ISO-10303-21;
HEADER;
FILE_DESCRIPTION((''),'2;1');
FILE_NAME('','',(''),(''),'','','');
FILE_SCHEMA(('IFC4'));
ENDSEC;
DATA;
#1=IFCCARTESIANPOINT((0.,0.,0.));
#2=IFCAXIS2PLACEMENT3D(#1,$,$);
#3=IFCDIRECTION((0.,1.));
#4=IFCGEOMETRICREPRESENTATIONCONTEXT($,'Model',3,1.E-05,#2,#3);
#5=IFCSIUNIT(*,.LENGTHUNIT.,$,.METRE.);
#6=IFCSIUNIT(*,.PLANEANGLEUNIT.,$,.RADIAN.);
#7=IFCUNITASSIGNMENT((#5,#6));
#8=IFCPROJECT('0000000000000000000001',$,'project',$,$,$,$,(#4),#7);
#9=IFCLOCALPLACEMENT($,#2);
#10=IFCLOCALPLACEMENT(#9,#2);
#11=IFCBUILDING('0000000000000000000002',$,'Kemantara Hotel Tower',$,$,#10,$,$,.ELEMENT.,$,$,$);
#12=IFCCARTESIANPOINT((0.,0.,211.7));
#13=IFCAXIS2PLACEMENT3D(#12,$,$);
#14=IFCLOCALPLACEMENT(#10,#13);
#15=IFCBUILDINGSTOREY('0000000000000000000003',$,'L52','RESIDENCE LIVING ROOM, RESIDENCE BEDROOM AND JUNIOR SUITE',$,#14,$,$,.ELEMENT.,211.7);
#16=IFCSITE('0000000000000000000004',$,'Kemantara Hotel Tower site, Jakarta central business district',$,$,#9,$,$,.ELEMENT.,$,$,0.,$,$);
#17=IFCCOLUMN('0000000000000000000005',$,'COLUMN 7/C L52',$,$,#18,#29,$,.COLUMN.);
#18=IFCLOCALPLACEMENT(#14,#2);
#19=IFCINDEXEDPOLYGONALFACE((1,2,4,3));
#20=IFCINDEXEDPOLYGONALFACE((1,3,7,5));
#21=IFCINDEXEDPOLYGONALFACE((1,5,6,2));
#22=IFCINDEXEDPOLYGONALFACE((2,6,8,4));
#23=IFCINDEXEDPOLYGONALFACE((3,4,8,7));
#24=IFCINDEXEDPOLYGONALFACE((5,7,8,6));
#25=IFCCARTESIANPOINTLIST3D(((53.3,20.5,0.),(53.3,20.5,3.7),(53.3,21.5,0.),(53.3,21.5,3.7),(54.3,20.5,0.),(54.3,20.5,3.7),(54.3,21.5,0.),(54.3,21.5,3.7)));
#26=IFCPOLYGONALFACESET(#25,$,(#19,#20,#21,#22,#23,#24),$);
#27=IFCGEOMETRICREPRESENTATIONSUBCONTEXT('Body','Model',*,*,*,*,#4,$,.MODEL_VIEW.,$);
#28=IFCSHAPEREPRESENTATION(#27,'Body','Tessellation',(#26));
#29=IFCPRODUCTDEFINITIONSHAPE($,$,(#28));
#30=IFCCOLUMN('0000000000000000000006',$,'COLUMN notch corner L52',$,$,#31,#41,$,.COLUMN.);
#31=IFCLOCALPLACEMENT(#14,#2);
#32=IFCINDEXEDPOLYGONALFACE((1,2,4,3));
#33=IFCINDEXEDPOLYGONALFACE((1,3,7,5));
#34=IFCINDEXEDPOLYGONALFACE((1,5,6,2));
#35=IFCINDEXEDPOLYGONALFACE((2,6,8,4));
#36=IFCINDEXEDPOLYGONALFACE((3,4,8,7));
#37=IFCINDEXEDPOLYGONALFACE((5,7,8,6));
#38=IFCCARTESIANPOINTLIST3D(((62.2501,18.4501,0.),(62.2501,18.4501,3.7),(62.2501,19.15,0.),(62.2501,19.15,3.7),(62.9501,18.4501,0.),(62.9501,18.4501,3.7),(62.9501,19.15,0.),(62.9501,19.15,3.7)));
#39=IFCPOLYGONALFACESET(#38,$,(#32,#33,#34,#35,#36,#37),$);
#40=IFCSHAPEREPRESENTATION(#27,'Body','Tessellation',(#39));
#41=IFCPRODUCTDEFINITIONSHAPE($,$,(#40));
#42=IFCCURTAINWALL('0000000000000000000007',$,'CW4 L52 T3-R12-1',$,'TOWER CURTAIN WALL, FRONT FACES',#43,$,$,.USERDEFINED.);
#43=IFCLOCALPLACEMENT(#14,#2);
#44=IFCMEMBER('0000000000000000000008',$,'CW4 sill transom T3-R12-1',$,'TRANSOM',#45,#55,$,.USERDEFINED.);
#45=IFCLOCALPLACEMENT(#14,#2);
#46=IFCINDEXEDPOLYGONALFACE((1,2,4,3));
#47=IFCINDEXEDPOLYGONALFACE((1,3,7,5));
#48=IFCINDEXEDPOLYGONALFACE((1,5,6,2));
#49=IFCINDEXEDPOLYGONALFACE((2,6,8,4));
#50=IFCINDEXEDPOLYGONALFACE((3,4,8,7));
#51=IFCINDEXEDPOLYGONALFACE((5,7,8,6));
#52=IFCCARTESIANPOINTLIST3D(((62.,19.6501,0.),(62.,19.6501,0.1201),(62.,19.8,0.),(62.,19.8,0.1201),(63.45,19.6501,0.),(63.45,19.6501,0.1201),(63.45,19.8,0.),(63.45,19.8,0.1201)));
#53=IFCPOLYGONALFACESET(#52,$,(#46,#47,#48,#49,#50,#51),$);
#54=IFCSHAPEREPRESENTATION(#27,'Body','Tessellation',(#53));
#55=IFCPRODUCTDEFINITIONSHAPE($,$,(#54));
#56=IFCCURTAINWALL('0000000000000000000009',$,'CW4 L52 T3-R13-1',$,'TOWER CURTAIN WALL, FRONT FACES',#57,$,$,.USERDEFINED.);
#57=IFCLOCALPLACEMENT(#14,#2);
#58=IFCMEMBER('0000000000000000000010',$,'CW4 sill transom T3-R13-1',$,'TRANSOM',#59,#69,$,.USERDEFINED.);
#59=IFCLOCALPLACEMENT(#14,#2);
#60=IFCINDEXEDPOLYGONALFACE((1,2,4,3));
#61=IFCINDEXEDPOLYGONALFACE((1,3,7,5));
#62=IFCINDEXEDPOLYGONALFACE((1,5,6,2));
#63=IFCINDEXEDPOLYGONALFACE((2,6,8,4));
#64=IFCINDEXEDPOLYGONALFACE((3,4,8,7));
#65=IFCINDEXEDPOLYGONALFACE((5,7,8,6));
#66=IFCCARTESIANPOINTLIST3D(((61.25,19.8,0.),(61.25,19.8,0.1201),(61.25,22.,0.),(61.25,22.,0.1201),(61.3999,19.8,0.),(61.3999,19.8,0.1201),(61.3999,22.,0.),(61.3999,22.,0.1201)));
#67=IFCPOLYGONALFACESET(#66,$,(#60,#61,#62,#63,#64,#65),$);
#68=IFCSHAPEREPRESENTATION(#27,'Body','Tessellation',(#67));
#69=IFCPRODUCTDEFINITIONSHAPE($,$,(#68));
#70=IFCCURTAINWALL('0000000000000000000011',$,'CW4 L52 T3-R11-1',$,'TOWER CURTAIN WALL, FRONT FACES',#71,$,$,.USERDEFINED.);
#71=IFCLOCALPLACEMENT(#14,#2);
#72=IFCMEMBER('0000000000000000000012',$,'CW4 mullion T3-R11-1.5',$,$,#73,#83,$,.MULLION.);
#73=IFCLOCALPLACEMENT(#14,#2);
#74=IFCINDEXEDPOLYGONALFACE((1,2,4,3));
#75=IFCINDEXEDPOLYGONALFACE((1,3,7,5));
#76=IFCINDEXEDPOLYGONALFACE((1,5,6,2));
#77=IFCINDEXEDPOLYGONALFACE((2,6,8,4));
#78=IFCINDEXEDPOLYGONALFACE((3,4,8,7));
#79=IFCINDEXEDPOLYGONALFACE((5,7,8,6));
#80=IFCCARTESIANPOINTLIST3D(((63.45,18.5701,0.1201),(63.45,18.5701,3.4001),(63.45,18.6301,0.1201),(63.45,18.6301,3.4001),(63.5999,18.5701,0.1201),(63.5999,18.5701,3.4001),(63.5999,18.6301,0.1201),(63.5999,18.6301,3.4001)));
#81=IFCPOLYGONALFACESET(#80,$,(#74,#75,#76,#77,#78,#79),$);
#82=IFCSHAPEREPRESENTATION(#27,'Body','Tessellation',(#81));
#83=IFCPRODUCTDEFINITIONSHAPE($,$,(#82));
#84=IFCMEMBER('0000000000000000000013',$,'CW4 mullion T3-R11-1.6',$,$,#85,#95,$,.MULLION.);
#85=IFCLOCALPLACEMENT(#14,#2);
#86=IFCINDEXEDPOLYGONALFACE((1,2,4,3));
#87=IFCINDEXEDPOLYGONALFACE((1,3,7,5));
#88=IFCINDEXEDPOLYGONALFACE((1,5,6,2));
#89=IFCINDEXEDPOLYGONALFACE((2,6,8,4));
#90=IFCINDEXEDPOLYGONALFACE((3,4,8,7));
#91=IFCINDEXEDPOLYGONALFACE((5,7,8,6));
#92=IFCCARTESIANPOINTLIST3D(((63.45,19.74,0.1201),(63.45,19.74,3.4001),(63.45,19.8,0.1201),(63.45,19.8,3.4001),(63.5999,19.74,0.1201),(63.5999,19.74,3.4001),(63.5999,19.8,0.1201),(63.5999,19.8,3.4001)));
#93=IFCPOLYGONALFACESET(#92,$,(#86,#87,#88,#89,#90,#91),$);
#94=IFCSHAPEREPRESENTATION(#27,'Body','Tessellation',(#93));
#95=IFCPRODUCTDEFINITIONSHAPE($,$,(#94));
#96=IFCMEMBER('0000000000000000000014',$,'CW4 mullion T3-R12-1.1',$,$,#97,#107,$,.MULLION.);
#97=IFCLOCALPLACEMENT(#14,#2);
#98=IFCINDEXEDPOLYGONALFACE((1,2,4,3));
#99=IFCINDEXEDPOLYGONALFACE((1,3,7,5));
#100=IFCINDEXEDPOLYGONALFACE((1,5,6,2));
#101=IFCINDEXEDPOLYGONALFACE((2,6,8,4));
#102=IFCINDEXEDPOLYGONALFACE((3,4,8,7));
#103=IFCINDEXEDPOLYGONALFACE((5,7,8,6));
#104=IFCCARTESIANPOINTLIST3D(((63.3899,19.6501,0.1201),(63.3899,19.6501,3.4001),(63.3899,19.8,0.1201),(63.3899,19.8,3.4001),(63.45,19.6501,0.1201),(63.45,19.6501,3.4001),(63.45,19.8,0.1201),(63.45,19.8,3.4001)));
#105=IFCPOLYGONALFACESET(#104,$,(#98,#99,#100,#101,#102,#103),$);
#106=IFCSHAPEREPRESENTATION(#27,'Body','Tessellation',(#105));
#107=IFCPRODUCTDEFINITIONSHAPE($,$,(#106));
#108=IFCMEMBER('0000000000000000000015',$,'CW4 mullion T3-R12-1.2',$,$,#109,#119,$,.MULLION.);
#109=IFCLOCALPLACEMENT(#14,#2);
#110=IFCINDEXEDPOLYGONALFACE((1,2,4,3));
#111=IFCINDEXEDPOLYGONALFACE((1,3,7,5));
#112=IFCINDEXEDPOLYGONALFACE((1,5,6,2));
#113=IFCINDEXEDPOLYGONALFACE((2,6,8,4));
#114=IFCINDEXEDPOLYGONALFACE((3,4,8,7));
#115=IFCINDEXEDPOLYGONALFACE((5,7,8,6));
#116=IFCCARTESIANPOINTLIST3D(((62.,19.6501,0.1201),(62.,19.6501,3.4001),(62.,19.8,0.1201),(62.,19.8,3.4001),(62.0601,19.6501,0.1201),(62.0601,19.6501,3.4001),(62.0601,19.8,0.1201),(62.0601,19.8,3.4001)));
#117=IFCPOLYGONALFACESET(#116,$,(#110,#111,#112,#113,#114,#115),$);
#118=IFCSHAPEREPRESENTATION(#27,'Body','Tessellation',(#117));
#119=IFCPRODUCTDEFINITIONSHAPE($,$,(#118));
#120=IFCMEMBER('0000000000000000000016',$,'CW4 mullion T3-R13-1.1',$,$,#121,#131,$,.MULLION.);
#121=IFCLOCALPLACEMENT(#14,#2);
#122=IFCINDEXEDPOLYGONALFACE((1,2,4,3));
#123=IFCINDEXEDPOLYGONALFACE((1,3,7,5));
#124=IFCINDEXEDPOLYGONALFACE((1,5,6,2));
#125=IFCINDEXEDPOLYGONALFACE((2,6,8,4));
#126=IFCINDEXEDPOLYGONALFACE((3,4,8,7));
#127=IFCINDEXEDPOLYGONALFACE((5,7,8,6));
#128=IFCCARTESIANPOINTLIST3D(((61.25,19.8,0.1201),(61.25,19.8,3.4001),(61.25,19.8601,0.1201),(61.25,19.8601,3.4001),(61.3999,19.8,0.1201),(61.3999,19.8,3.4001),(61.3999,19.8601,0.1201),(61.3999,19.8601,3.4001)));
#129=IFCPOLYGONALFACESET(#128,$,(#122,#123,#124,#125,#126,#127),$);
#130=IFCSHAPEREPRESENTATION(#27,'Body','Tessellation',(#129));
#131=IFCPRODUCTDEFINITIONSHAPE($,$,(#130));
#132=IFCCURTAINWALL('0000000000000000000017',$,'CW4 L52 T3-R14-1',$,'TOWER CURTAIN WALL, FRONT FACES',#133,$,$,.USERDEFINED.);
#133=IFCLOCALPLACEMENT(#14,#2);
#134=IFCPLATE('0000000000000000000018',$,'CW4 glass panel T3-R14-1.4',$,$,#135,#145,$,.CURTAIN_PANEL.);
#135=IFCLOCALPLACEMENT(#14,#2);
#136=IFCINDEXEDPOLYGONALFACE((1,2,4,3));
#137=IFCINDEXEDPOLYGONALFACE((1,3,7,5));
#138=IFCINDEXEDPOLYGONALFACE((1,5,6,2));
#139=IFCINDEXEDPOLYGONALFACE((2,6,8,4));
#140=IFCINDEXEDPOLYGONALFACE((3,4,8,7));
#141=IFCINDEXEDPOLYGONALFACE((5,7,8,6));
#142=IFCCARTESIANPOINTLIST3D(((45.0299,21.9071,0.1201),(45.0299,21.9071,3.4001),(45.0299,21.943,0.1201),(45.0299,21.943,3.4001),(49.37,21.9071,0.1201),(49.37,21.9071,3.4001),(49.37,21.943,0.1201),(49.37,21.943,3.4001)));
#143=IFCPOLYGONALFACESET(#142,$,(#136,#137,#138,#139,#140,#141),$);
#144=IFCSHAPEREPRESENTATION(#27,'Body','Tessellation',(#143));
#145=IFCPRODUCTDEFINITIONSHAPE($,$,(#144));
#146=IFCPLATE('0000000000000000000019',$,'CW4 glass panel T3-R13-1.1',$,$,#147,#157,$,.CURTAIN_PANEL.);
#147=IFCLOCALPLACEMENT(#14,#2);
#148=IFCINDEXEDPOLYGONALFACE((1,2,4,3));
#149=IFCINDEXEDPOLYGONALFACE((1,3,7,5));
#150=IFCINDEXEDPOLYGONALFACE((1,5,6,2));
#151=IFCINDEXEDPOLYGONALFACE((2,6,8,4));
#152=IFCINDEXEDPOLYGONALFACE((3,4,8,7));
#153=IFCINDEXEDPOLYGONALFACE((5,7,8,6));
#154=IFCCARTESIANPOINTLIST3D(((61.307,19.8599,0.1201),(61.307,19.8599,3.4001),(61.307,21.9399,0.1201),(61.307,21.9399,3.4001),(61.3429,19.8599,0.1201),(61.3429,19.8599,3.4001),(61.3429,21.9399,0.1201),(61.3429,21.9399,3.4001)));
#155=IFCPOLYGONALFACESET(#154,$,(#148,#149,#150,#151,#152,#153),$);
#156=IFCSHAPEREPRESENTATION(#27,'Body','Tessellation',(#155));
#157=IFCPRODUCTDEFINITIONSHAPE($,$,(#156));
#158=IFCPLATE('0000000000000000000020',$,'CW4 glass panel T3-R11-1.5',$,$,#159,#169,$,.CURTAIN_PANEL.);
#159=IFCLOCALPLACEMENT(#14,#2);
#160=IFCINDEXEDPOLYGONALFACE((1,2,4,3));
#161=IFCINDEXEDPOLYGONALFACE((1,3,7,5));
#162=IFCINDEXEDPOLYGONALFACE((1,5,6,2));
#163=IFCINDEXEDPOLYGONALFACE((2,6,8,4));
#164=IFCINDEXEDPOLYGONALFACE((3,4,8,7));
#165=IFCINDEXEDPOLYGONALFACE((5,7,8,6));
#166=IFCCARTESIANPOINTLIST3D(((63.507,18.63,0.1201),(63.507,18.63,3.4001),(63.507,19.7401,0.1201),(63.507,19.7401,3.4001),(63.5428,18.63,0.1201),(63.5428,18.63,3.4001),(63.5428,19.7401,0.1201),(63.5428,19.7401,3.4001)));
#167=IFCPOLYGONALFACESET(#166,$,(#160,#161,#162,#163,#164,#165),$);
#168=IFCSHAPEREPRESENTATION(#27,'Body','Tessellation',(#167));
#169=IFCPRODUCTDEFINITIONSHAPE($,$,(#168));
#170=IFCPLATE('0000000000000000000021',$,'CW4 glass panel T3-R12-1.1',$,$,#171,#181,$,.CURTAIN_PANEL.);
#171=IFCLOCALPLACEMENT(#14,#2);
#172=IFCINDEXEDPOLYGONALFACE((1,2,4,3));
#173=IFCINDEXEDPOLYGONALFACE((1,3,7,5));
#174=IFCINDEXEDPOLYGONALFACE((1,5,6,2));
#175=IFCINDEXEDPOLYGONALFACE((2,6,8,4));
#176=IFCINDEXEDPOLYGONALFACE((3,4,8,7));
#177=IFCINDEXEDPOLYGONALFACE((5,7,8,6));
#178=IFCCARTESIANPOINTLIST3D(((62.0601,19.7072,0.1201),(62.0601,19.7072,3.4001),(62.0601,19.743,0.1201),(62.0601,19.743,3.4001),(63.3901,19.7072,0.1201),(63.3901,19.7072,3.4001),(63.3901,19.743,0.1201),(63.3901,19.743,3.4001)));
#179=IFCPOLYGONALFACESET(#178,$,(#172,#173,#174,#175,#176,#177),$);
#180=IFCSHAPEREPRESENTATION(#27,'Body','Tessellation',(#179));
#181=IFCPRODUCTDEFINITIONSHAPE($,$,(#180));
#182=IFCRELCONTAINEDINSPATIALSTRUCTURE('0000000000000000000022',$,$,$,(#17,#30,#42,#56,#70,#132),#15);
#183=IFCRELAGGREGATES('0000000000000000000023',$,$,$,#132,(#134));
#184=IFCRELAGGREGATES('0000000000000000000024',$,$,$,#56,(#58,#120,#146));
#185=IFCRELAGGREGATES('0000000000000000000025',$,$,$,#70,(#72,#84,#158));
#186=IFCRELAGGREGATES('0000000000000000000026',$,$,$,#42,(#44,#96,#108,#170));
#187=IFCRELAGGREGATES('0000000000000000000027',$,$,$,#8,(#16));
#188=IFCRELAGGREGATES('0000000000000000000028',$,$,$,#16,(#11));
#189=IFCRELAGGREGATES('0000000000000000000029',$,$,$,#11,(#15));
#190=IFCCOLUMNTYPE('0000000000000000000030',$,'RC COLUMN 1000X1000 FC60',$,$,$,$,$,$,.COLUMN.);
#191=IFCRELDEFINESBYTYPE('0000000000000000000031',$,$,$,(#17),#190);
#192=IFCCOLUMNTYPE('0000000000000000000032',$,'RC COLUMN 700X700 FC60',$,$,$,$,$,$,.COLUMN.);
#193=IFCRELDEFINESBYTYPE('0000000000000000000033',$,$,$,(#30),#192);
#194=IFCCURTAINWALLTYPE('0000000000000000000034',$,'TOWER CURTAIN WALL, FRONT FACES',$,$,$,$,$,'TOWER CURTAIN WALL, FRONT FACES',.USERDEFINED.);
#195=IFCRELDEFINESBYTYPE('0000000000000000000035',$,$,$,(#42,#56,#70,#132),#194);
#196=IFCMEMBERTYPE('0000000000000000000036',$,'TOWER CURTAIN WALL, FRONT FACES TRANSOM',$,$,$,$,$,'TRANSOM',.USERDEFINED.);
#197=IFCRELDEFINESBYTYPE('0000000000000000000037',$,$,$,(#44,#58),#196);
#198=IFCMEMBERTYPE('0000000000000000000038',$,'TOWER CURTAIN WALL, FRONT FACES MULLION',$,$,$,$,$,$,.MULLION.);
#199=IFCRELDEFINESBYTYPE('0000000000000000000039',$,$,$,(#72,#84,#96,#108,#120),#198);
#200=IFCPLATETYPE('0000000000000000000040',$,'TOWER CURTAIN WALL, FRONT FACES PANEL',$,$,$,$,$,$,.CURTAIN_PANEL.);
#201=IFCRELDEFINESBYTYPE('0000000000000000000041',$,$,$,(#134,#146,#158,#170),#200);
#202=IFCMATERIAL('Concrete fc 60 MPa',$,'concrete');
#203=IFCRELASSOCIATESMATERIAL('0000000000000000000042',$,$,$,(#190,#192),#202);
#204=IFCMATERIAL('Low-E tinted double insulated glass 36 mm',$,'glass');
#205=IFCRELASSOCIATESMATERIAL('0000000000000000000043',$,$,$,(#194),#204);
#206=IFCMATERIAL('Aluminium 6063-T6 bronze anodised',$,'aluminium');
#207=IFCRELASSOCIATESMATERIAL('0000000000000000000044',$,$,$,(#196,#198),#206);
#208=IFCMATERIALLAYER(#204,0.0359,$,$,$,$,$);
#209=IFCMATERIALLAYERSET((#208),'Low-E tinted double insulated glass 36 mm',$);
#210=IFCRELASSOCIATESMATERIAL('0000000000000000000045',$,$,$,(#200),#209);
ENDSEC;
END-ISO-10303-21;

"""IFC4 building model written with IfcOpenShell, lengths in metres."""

from ifc_helpers import new_model, si_unit, direction, frame, origin, origin_2d, place, context, subcontext, project, spatial, rectangle, extrude, source, transform, mapped, material, layer, layer_set, material_profile, profile_set, type_object, element, aggregate, save


model = new_model("IFC4")

# Units and contexts
model_context = context("Model", 3, precision=1e-05, world=origin(), true_north=direction((0.0, 1.0)))
body_context = subcontext(model_context, "Body", "Model", "MODEL_VIEW")
ifc_project = project(units=[si_unit("LENGTHUNIT", "METRE"), si_unit("PLANEANGLEUNIT", "RADIAN")], contexts=[model_context])

# Site, building, storey
site_placement = place(None, origin())
site = spatial("IfcSite", under=ifc_project, at=site_placement, Name="Kemantara Hotel Tower site, Jakarta central business district", CompositionType="ELEMENT", RefElevation=0.0)
building_placement = place(site_placement, origin())
building = spatial("IfcBuilding", under=site, at=building_placement, Name="Kemantara Hotel Tower", CompositionType="ELEMENT")
storey_placement = place(building_placement, frame((0.0, 0.0, 211.7)))
storey = spatial("IfcBuildingStorey", under=building, at=storey_placement, Name="L52", Description="RESIDENCE LIVING ROOM, RESIDENCE BEDROOM AND JUNIOR SUITE", CompositionType="ELEMENT", Elevation=211.7)

# Columns
ifc_material_1 = material(Name="Concrete fc 60 MPa", Category="concrete")
ifc_material_profile_1 = material_profile(ifc_material_1, rectangle(XDim=1.0, YDim=1.0, at=origin_2d()), Name="RC 1000X1000")
ifc_profile_set_1 = profile_set([ifc_material_profile_1], Name="Concrete fc 60 MPa")
column_type_1 = type_object("IfcColumnType", Name="RC COLUMN 1000X1000 FC60", PredefinedType="COLUMN", material=ifc_profile_set_1)
column_1_placement = place(storey_placement, frame((53.8, 21.0, 0.0), z_axis=(0.0, 0.0, 1.0), x_axis=(1.0, 0.0, 0.0)))
element("IfcColumn", 1, at=column_1_placement, inside=storey, type_object=column_type_1, Name="COLUMN 7/C L52", PredefinedType="COLUMN", context=body_context, shape_type="SweptSolid", body=[
    extrude(rectangle(XDim=1.0, YDim=1.0, at=origin_2d()), origin(), (0.0, 0.0, 1.0), 3.7),
])
ifc_material_profile_2 = material_profile(ifc_material_1, rectangle(XDim=0.7, YDim=0.7, at=origin_2d()), Name="RC 700X700")
ifc_profile_set_2 = profile_set([ifc_material_profile_2], Name="Concrete fc 60 MPa")
column_type_2 = type_object("IfcColumnType", Name="RC COLUMN 700X700 FC60", PredefinedType="COLUMN", material=ifc_profile_set_2)
column_2_placement = place(storey_placement, frame((62.6001, 18.8, 0.0), z_axis=(0.0, 0.0, 1.0), x_axis=(1.0, 0.0, 0.0)))
element("IfcColumn", 2, at=column_2_placement, inside=storey, type_object=column_type_2, Name="COLUMN notch corner L52", PredefinedType="COLUMN", context=body_context, shape_type="SweptSolid", body=[
    extrude(rectangle(XDim=0.7, YDim=0.7, at=origin_2d()), origin(), (0.0, 0.0, 1.0), 3.7),
])

# Curtain walls, members
ifc_material_2 = material(Name="Low-E tinted double insulated glass 36 mm", Category="glass")
curtain_wall_type = type_object("IfcCurtainWallType", Name="TOWER CURTAIN WALL, FRONT FACES", ElementType="TOWER CURTAIN WALL, FRONT FACES", PredefinedType="USERDEFINED", material=ifc_material_2)
curtain_wall_1_placement = place(storey_placement, origin())
curtain_wall_1 = element("IfcCurtainWall", 3, at=curtain_wall_1_placement, inside=storey, type_object=curtain_wall_type, Name="CW4 L52 T3-R12-1", ObjectType="TOWER CURTAIN WALL, FRONT FACES", PredefinedType="USERDEFINED")
ifc_material_3 = material(Name="Aluminium 6063-T6 bronze anodised", Category="aluminium")
ifc_material_profile_3 = material_profile(ifc_material_3, rectangle(XDim=0.1499, YDim=0.1201, at=origin_2d()), Name="TOWER CURTAIN WALL, FRONT FACES TRANSOM")
ifc_profile_set_3 = profile_set([ifc_material_profile_3], Name="Aluminium 6063-T6 bronze anodised")
member_type_1 = type_object("IfcMemberType", Name="TOWER CURTAIN WALL, FRONT FACES TRANSOM", ElementType="TRANSOM", PredefinedType="USERDEFINED", material=ifc_profile_set_3)
member_1_placement = place(storey_placement, frame((63.45, 19.7251, 0.0601), z_axis=(-1.0, 0.0, 0.0), x_axis=(0.0, -1.0, 0.0)))
member_1 = element("IfcMember", 4, at=member_1_placement, type_object=member_type_1, Name="CW4 sill transom T3-R12-1", ObjectType="TRANSOM", PredefinedType="USERDEFINED", context=body_context, shape_type="SweptSolid", body=[
    extrude(rectangle(XDim=0.1499, YDim=0.1201, at=origin_2d()), origin(), (0.0, 0.0, 1.0), 1.45),
])
curtain_wall_2_placement = place(storey_placement, origin())
curtain_wall_2 = element("IfcCurtainWall", 5, at=curtain_wall_2_placement, inside=storey, type_object=curtain_wall_type, Name="CW4 L52 T3-R13-1", ObjectType="TOWER CURTAIN WALL, FRONT FACES", PredefinedType="USERDEFINED")
member_2_placement = place(storey_placement, frame((61.325, 19.8, 0.0601), z_axis=(0.0, 1.0, 0.0), x_axis=(-1.0, 0.0, 0.0)))
member_2 = element("IfcMember", 6, at=member_2_placement, type_object=member_type_1, Name="CW4 sill transom T3-R13-1", ObjectType="TRANSOM", PredefinedType="USERDEFINED", context=body_context, shape_type="SweptSolid", body=[
    extrude(rectangle(XDim=0.1499, YDim=0.1201, at=origin_2d()), origin(), (0.0, 0.0, 1.0), 2.2),
])

# Curtain wall, members
curtain_wall_3_placement = place(storey_placement, origin())
curtain_wall_3 = element("IfcCurtainWall", 7, at=curtain_wall_3_placement, inside=storey, type_object=curtain_wall_type, Name="CW4 L52 T3-R11-1", ObjectType="TOWER CURTAIN WALL, FRONT FACES", PredefinedType="USERDEFINED")
ifc_material_profile_4 = material_profile(ifc_material_3, rectangle(XDim=0.1499, YDim=0.0601, at=origin_2d()), Name="TOWER CURTAIN WALL, FRONT FACES MULLION")
ifc_profile_set_4 = profile_set([ifc_material_profile_4], Name="Aluminium 6063-T6 bronze anodised")
member_type_2 = type_object("IfcMemberType", Name="TOWER CURTAIN WALL, FRONT FACES MULLION", PredefinedType="MULLION", material=ifc_profile_set_4)
shared_shape_1 = source(origin(), body_context, "Body", "SweptSolid", [
    extrude(rectangle(XDim=0.1499, YDim=0.0601, at=origin_2d()), origin(), (0.0, 0.0, 1.0), 3.28),
])
member_3_placement = place(storey_placement, frame((63.5249, 18.6001, 0.1201), z_axis=(0.0, 0.0, 1.0), x_axis=(-1.0, 0.0, 0.0)))
member_3 = element("IfcMember", 8, at=member_3_placement, type_object=member_type_2, Name="CW4 mullion T3-R11-1.5", PredefinedType="MULLION", context=body_context, shape_type="MappedRepresentation", body=[
    mapped(shared_shape_1, transform((0.0, 0.0, 0.0))),
])
member_4_placement = place(storey_placement, frame((63.5249, 19.77, 0.1201), z_axis=(0.0, 0.0, 1.0), x_axis=(-1.0, 0.0, 0.0)))
member_4 = element("IfcMember", 9, at=member_4_placement, type_object=member_type_2, Name="CW4 mullion T3-R11-1.6", PredefinedType="MULLION", context=body_context, shape_type="MappedRepresentation", body=[
    mapped(shared_shape_1, transform((0.0, 0.0, 0.0))),
])

# Members
member_5_placement = place(storey_placement, frame((63.4199, 19.7251, 0.1201), z_axis=(0.0, 0.0, 1.0), x_axis=(0.0, -1.0, 0.0)))
member_5 = element("IfcMember", 10, at=member_5_placement, type_object=member_type_2, Name="CW4 mullion T3-R12-1.1", PredefinedType="MULLION", context=body_context, shape_type="MappedRepresentation", body=[
    mapped(shared_shape_1, transform((0.0, 0.0, 0.0))),
])
member_6_placement = place(storey_placement, frame((62.03, 19.7251, 0.1201), z_axis=(0.0, 0.0, 1.0), x_axis=(0.0, -1.0, 0.0)))
member_6 = element("IfcMember", 11, at=member_6_placement, type_object=member_type_2, Name="CW4 mullion T3-R12-1.2", PredefinedType="MULLION", context=body_context, shape_type="MappedRepresentation", body=[
    mapped(shared_shape_1, transform((0.0, 0.0, 0.0))),
])
member_7_placement = place(storey_placement, frame((61.325, 19.8301, 0.1201), z_axis=(0.0, 0.0, 1.0), x_axis=(-1.0, 0.0, 0.0)))
member_7 = element("IfcMember", 12, at=member_7_placement, type_object=member_type_2, Name="CW4 mullion T3-R13-1.1", PredefinedType="MULLION", context=body_context, shape_type="MappedRepresentation", body=[
    mapped(shared_shape_1, transform((0.0, 0.0, 0.0))),
])

# Curtain wall, plate
curtain_wall_4_placement = place(storey_placement, origin())
curtain_wall_4 = element("IfcCurtainWall", 13, at=curtain_wall_4_placement, inside=storey, type_object=curtain_wall_type, Name="CW4 L52 T3-R14-1", ObjectType="TOWER CURTAIN WALL, FRONT FACES", PredefinedType="USERDEFINED")
ifc_layer_1 = layer(ifc_material_2, 0.0359)
ifc_layer_set_1 = layer_set([ifc_layer_1], Name="Low-E tinted double insulated glass 36 mm")
plate_type = type_object("IfcPlateType", Name="TOWER CURTAIN WALL, FRONT FACES PANEL", PredefinedType="CURTAIN_PANEL", material=ifc_layer_set_1)
shared_shape_2 = source(origin(), body_context, "Body", "SweptSolid", [
    extrude(rectangle(XDim=4.3401, YDim=0.0359, at=origin_2d()), origin(), (0.0, 0.0, 1.0), 3.28),
])
plate_1_placement = place(storey_placement, frame((47.2, 21.925, 0.1201), z_axis=(0.0, 0.0, 1.0), x_axis=(-1.0, 0.0, 0.0)))
plate_1 = element("IfcPlate", 14, at=plate_1_placement, type_object=plate_type, Name="CW4 glass panel T3-R14-1.4", PredefinedType="CURTAIN_PANEL", context=body_context, shape_type="MappedRepresentation", body=[
    mapped(shared_shape_2, transform((0.0, 0.0, 0.0))),
])
aggregate(curtain_wall_4, [plate_1])

# Plates
shared_shape_3 = source(origin(), body_context, "Body", "SweptSolid", [
    extrude(rectangle(XDim=2.0801, YDim=0.0359, at=origin_2d()), origin(), (0.0, 0.0, 1.0), 3.28),
])
plate_2_placement = place(storey_placement, frame((61.325, 20.8999, 0.1201), z_axis=(0.0, 0.0, 1.0), x_axis=(0.0, 1.0, 0.0)))
plate_2 = element("IfcPlate", 15, at=plate_2_placement, type_object=plate_type, Name="CW4 glass panel T3-R13-1.1", PredefinedType="CURTAIN_PANEL", context=body_context, shape_type="MappedRepresentation", body=[
    mapped(shared_shape_3, transform((0.0, 0.0, 0.0))),
])
aggregate(curtain_wall_2, [member_2, member_7, plate_2])
shared_shape_4 = source(origin(), body_context, "Body", "SweptSolid", [
    extrude(rectangle(XDim=1.1101, YDim=0.0359, at=origin_2d()), origin(), (0.0, 0.0, 1.0), 3.28),
])
plate_3_placement = place(storey_placement, frame((63.5249, 19.1851, 0.1201), z_axis=(0.0, 0.0, 1.0), x_axis=(0.0, 1.0, 0.0)))
plate_3 = element("IfcPlate", 16, at=plate_3_placement, type_object=plate_type, Name="CW4 glass panel T3-R11-1.5", PredefinedType="CURTAIN_PANEL", context=body_context, shape_type="MappedRepresentation", body=[
    mapped(shared_shape_4, transform((0.0, 0.0, 0.0))),
])
aggregate(curtain_wall_3, [member_3, member_4, plate_3])
shared_shape_5 = source(origin(), body_context, "Body", "SweptSolid", [
    extrude(rectangle(XDim=1.3301, YDim=0.0359, at=origin_2d()), origin(), (0.0, 0.0, 1.0), 3.28),
])
plate_4_placement = place(storey_placement, frame((62.7251, 19.7251, 0.1201), z_axis=(0.0, 0.0, 1.0), x_axis=(-1.0, 0.0, 0.0)))
plate_4 = element("IfcPlate", 17, at=plate_4_placement, type_object=plate_type, Name="CW4 glass panel T3-R12-1.1", PredefinedType="CURTAIN_PANEL", context=body_context, shape_type="MappedRepresentation", body=[
    mapped(shared_shape_5, transform((0.0, 0.0, 0.0))),
])
aggregate(curtain_wall_1, [member_1, member_5, member_6, plate_4])

save(model, "model.ifc")
